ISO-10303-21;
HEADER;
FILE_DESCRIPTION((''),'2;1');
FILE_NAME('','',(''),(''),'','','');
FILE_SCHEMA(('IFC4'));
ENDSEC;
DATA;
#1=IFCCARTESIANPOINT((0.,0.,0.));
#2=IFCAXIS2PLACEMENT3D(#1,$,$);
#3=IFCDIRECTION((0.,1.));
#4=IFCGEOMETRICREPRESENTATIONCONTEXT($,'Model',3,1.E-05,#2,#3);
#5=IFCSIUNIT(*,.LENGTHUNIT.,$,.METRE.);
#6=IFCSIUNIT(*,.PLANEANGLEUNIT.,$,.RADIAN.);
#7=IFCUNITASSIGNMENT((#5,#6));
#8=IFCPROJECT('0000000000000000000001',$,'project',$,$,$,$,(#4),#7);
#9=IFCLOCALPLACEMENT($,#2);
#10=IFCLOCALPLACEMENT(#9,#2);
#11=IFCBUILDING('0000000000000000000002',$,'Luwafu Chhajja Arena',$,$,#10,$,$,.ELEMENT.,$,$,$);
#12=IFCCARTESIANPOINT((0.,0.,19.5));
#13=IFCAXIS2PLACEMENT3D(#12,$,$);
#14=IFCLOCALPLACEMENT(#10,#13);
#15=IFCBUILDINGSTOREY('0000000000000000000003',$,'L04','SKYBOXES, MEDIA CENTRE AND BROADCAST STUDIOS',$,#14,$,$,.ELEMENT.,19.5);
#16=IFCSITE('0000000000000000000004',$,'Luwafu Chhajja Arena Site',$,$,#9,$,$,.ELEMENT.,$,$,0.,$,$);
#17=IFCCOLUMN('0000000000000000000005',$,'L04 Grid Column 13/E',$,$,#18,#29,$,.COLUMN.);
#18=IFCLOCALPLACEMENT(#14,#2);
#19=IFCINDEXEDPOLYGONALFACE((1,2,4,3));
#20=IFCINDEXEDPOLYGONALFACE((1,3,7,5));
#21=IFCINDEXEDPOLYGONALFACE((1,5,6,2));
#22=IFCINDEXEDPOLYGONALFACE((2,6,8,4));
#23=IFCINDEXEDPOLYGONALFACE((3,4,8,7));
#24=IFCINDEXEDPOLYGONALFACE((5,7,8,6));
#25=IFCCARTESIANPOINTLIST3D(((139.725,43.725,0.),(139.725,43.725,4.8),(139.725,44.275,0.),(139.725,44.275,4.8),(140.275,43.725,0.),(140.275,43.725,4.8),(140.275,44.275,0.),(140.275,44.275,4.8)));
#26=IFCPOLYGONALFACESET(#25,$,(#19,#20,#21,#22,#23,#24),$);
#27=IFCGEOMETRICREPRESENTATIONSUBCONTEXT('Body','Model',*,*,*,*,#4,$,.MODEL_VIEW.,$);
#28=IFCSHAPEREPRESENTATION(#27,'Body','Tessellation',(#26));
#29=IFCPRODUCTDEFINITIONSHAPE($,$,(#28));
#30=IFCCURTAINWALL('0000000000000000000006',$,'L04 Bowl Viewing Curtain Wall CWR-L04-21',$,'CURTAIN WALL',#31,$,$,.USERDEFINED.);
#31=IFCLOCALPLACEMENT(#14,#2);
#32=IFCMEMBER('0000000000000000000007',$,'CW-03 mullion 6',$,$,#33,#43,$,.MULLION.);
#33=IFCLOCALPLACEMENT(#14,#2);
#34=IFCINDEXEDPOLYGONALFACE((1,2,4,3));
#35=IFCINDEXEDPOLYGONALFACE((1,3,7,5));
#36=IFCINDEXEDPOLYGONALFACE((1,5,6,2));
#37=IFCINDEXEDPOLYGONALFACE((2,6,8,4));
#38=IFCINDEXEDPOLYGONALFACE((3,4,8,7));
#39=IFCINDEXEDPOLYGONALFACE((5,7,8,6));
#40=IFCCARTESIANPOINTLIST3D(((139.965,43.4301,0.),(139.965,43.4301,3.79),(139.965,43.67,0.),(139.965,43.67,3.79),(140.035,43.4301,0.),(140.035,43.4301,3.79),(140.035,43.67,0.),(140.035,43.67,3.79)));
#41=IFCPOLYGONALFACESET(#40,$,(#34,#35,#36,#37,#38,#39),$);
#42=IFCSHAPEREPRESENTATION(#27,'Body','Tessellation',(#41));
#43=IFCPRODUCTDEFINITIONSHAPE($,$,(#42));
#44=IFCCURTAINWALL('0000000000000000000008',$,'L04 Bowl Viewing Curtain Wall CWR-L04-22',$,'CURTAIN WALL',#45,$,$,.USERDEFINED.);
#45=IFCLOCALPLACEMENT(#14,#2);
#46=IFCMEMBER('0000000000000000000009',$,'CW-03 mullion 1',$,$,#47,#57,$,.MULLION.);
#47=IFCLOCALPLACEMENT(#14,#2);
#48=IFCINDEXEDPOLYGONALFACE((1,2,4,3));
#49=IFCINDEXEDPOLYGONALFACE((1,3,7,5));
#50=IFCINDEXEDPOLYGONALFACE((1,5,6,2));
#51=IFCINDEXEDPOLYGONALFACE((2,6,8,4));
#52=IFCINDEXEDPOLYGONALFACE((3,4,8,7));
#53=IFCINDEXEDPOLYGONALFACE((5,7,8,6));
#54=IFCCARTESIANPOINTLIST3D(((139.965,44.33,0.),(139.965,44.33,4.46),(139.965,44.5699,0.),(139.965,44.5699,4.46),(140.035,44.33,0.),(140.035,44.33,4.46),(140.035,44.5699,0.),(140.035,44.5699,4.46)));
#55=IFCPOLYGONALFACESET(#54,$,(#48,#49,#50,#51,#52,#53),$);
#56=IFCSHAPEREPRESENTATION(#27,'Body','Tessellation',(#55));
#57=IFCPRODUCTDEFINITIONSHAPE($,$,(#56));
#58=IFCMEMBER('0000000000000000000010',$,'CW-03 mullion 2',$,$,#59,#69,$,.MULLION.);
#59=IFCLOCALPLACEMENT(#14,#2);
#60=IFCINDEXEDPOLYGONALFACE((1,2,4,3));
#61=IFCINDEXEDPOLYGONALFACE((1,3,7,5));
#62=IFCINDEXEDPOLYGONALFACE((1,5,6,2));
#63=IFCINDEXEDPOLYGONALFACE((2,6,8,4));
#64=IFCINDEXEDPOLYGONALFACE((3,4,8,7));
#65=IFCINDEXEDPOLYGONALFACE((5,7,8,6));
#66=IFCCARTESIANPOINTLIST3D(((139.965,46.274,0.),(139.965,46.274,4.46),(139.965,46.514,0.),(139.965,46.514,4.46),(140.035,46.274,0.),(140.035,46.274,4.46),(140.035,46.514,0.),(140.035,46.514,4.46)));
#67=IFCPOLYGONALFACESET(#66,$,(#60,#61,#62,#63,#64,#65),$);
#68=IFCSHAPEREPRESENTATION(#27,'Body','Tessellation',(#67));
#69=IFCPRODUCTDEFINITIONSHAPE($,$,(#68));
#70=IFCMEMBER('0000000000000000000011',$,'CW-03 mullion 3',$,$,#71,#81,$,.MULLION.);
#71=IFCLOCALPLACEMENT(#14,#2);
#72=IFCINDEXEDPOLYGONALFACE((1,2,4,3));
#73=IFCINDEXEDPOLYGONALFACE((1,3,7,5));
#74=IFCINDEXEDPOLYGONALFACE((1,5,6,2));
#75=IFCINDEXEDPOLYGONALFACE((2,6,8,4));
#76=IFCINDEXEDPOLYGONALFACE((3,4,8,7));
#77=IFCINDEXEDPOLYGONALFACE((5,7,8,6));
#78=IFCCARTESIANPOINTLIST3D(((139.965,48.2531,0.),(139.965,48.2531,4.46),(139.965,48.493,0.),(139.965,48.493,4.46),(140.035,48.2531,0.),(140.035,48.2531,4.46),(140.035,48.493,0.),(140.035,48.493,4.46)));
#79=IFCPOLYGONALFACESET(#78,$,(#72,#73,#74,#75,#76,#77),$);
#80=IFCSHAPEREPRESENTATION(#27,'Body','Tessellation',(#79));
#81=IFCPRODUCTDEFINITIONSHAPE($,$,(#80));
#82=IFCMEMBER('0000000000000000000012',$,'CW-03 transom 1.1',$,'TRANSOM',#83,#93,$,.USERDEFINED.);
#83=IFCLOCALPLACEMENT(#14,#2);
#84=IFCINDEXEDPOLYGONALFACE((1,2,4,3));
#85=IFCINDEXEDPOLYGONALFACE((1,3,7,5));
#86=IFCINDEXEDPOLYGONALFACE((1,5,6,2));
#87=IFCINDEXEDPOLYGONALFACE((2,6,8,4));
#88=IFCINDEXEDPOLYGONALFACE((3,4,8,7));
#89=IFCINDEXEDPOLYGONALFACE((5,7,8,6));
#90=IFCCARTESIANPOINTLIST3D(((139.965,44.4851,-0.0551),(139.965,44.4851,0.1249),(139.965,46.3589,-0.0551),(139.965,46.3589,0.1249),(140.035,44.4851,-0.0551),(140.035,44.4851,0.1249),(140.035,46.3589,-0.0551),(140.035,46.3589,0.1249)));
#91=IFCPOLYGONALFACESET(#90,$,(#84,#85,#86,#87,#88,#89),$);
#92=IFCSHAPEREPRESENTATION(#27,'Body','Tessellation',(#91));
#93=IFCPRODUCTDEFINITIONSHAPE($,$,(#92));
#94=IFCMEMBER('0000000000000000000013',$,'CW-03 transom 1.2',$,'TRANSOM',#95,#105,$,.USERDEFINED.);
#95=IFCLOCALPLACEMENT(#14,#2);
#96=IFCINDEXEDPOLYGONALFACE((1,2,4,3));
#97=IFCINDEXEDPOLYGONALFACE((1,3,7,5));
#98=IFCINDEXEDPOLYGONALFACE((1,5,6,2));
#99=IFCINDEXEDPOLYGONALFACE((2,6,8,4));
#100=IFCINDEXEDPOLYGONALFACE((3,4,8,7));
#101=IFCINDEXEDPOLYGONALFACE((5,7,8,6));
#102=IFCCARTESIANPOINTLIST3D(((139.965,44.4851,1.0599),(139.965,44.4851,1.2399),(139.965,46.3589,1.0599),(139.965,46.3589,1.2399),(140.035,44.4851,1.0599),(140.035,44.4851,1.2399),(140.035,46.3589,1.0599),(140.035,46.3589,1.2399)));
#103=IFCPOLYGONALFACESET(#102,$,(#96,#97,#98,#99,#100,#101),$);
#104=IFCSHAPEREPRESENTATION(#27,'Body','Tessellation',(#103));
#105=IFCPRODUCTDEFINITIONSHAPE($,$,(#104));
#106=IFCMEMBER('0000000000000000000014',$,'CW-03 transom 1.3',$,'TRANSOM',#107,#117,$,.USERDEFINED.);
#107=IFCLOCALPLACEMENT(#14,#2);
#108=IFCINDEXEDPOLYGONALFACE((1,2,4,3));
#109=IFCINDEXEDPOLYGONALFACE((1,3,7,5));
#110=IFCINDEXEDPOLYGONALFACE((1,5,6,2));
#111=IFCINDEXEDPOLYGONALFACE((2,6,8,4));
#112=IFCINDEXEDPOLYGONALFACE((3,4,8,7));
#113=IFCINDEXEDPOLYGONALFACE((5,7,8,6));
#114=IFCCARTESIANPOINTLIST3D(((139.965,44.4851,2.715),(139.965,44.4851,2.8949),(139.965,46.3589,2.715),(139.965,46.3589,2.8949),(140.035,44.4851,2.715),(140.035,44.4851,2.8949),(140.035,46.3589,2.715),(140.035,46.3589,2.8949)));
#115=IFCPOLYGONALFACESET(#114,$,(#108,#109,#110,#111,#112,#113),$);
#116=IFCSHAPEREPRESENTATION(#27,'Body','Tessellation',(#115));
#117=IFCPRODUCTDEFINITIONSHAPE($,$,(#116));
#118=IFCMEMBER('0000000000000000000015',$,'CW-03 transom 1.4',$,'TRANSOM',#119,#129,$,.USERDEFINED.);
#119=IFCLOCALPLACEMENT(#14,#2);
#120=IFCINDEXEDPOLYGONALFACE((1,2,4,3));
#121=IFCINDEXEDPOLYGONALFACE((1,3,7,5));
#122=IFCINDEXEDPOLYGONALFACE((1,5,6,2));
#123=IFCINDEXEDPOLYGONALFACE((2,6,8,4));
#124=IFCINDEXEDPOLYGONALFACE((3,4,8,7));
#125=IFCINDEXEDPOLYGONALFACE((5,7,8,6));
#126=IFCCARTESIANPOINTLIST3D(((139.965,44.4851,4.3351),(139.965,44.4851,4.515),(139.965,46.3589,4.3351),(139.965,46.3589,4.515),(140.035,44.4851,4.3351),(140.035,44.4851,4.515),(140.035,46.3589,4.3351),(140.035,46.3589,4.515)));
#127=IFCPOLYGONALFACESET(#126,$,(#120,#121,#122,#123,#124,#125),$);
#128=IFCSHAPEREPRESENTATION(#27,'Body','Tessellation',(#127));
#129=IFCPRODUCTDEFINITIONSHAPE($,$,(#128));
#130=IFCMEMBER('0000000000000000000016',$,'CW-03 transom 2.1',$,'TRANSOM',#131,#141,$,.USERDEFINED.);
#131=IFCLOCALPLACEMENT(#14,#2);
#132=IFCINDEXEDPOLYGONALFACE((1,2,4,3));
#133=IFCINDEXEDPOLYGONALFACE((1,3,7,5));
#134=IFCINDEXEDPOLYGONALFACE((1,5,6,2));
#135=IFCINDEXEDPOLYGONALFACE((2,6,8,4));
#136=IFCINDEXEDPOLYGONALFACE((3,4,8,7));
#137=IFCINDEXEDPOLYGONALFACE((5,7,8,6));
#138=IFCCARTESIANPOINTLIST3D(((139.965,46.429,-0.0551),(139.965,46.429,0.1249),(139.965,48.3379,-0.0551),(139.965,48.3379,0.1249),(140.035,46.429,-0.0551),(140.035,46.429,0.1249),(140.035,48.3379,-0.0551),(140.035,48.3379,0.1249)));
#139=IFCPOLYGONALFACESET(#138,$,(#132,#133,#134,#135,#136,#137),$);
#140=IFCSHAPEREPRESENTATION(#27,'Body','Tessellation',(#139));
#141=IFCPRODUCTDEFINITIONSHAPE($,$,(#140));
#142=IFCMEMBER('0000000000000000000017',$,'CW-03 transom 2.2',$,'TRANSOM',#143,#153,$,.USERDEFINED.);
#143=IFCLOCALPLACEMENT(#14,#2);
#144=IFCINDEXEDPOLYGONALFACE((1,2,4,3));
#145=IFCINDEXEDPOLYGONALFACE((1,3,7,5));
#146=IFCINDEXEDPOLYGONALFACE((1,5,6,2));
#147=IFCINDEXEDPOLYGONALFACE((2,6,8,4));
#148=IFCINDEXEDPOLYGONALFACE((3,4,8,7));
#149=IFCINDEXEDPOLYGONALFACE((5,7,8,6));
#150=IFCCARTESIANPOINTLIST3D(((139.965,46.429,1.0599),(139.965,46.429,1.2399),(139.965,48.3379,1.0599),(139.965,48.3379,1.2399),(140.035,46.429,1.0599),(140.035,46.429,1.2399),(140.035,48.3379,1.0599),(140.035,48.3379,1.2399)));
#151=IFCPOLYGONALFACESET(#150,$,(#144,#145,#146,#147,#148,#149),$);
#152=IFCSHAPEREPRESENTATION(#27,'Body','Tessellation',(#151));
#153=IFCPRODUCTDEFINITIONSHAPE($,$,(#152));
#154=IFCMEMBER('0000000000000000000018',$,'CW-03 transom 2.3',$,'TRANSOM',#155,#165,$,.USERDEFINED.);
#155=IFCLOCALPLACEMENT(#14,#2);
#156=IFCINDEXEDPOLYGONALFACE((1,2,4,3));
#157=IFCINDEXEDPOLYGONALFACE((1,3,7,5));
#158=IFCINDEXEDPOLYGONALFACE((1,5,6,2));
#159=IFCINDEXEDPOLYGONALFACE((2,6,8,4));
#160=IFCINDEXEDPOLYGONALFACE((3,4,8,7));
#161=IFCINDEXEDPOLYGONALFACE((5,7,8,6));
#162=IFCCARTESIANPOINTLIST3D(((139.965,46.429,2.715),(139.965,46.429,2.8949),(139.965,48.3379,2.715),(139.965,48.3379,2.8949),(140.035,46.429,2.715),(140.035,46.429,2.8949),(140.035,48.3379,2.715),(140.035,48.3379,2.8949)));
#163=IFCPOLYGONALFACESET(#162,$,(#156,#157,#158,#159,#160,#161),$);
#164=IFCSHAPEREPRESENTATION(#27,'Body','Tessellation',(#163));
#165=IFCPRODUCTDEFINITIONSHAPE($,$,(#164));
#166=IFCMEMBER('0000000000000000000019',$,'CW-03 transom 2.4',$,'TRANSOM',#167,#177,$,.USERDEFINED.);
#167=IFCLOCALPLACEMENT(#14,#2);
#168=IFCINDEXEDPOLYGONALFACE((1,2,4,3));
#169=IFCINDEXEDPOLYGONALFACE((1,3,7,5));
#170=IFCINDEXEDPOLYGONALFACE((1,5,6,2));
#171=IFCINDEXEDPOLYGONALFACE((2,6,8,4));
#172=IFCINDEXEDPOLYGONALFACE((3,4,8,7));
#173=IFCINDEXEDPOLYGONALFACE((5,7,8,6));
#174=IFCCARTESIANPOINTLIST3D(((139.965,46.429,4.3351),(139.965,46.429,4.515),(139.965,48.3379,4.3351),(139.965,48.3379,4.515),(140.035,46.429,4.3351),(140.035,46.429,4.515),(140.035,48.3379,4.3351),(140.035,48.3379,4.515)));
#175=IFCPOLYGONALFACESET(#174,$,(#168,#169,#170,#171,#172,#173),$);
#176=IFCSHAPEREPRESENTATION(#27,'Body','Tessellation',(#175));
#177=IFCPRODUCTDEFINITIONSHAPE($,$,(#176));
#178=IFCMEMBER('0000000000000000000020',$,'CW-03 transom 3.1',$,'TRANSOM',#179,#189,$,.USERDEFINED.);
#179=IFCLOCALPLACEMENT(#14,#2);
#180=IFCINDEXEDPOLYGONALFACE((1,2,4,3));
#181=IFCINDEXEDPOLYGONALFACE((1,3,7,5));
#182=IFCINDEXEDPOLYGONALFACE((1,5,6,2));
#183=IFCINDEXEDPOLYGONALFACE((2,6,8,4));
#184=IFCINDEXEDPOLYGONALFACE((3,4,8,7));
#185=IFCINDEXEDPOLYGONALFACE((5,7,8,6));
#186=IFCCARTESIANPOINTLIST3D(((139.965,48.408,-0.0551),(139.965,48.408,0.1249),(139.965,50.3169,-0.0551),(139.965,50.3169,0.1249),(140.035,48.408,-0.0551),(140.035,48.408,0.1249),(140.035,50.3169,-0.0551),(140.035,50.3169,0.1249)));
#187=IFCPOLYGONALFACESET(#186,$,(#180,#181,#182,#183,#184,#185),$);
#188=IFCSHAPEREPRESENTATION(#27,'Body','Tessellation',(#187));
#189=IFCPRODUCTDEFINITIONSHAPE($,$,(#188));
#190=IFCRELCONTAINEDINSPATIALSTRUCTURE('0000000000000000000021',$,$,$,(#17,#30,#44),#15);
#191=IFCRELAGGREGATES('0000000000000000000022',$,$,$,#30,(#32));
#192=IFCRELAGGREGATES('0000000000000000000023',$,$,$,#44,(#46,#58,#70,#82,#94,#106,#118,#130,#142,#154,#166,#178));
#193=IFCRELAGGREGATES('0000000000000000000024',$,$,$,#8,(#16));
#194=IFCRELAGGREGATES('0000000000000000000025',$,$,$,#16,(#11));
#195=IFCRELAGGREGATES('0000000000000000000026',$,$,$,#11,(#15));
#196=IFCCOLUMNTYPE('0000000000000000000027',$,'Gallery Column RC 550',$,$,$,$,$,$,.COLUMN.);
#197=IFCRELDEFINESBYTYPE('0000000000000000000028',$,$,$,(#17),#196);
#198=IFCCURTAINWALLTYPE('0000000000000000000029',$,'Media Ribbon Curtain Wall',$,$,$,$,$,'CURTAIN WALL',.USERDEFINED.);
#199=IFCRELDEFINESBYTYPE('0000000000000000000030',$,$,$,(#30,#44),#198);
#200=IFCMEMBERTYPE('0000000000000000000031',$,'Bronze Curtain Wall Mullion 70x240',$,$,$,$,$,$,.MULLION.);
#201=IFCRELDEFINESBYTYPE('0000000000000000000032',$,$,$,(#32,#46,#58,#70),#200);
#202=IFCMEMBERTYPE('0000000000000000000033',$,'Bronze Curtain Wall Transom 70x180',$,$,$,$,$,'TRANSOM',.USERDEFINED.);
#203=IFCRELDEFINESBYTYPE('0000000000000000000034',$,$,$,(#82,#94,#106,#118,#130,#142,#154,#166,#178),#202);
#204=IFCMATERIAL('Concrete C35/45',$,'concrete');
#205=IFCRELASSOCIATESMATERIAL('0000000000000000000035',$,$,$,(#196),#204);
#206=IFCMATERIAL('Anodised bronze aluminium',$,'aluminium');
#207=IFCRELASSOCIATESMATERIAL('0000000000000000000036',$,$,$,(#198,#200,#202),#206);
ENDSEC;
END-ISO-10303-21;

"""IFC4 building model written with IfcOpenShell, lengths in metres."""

from ifc_helpers import new_model, si_unit, direction, frame, origin, origin_2d, place, context, subcontext, project, spatial, rectangle, extrude, material, material_profile, profile_set, type_object, element, aggregate, save


model = new_model("IFC4")

# Units and contexts
model_context = context("Model", 3, precision=1e-05, world=origin(), true_north=direction((0.0, 1.0)))
body_context = subcontext(model_context, "Body", "Model", "MODEL_VIEW")
ifc_project = project(units=[si_unit("LENGTHUNIT", "METRE"), si_unit("PLANEANGLEUNIT", "RADIAN")], contexts=[model_context])

# Site, building, storey
site_placement = place(None, origin())
site = spatial("IfcSite", under=ifc_project, at=site_placement, Name="Luwafu Chhajja Arena Site", CompositionType="ELEMENT", RefElevation=0.0)
building_placement = place(site_placement, origin())
building = spatial("IfcBuilding", under=site, at=building_placement, Name="Luwafu Chhajja Arena", CompositionType="ELEMENT")
storey_placement = place(building_placement, frame((0.0, 0.0, 19.5)))
storey = spatial("IfcBuildingStorey", under=building, at=storey_placement, Name="L04", Description="SKYBOXES, MEDIA CENTRE AND BROADCAST STUDIOS", CompositionType="ELEMENT", Elevation=19.5)

# Column
ifc_material_1 = material(Name="Concrete C35/45", Category="concrete")
ifc_material_profile_1 = material_profile(ifc_material_1, rectangle(XDim=0.55, YDim=0.55, at=origin_2d()), Name="RC 550x550")
ifc_profile_set_1 = profile_set([ifc_material_profile_1], Name="Concrete C35/45")
column_type = type_object("IfcColumnType", Name="Gallery Column RC 550", PredefinedType="COLUMN", material=ifc_profile_set_1)
column_placement = place(storey_placement, frame((140.0, 44.0, 0.0), z_axis=(0.0, 0.0, 1.0), x_axis=(1.0, 0.0, 0.0)))
element("IfcColumn", 1, at=column_placement, inside=storey, type_object=column_type, Name="L04 Grid Column 13/E", PredefinedType="COLUMN", context=body_context, shape_type="SweptSolid", body=[
    extrude(rectangle(XDim=0.55, YDim=0.55, at=origin_2d()), origin(), (0.0, 0.0, 1.0), 4.8),
])

# Curtain wall, member
ifc_material_2 = material(Name="Anodised bronze aluminium", Category="aluminium")
curtain_wall_type = type_object("IfcCurtainWallType", Name="Media Ribbon Curtain Wall", ElementType="CURTAIN WALL", PredefinedType="USERDEFINED", material=ifc_material_2)
curtain_wall_1_placement = place(storey_placement, origin())
curtain_wall_1 = element("IfcCurtainWall", 2, at=curtain_wall_1_placement, inside=storey, type_object=curtain_wall_type, Name="L04 Bowl Viewing Curtain Wall CWR-L04-21", ObjectType="CURTAIN WALL", PredefinedType="USERDEFINED")
ifc_material_profile_2 = material_profile(ifc_material_2, rectangle(XDim=0.0701, YDim=0.24, at=origin_2d()), Name="CWM 70x240")
ifc_profile_set_2 = profile_set([ifc_material_profile_2], Name="Anodised bronze aluminium")
member_type_1 = type_object("IfcMemberType", Name="Bronze Curtain Wall Mullion 70x240", PredefinedType="MULLION", material=ifc_profile_set_2)
member_1_placement = place(storey_placement, frame((140.0, 43.55, 0.0), z_axis=(0.0, 0.0, 1.0), x_axis=(-1.0, 0.0, 0.0)))
member_1 = element("IfcMember", 3, at=member_1_placement, type_object=member_type_1, Name="CW-03 mullion 6", PredefinedType="MULLION", context=body_context, shape_type="SweptSolid", body=[
    extrude(rectangle(XDim=0.0701, YDim=0.24, at=origin_2d()), origin(), (0.0, 0.0, 1.0), 3.79),
])

# Curtain wall, members
curtain_wall_2_placement = place(storey_placement, origin())
curtain_wall_2 = element("IfcCurtainWall", 4, at=curtain_wall_2_placement, inside=storey, type_object=curtain_wall_type, Name="L04 Bowl Viewing Curtain Wall CWR-L04-22", ObjectType="CURTAIN WALL", PredefinedType="USERDEFINED")
member_2_placement = place(storey_placement, frame((140.0, 44.45, 0.0), z_axis=(0.0, 0.0, 1.0), x_axis=(-1.0, 0.0, 0.0)))
member_2 = element("IfcMember", 5, at=member_2_placement, type_object=member_type_1, Name="CW-03 mullion 1", PredefinedType="MULLION", context=body_context, shape_type="SweptSolid", body=[
    extrude(rectangle(XDim=0.0701, YDim=0.24, at=origin_2d()), origin(), (0.0, 0.0, 1.0), 4.46),
])
member_3_placement = place(storey_placement, frame((140.0, 46.394, 0.0), z_axis=(0.0, 0.0, 1.0), x_axis=(-1.0, 0.0, 0.0)))
member_3 = element("IfcMember", 6, at=member_3_placement, type_object=member_type_1, Name="CW-03 mullion 2", PredefinedType="MULLION", context=body_context, shape_type="SweptSolid", body=[
    extrude(rectangle(XDim=0.0701, YDim=0.24, at=origin_2d()), origin(), (0.0, 0.0, 1.0), 4.46),
])
member_4_placement = place(storey_placement, frame((140.0, 48.373, 0.0), z_axis=(0.0, 0.0, 1.0), x_axis=(-1.0, 0.0, 0.0)))
member_4 = element("IfcMember", 7, at=member_4_placement, type_object=member_type_1, Name="CW-03 mullion 3", PredefinedType="MULLION", context=body_context, shape_type="SweptSolid", body=[
    extrude(rectangle(XDim=0.0701, YDim=0.24, at=origin_2d()), origin(), (0.0, 0.0, 1.0), 4.46),
])
ifc_material_profile_3 = material_profile(ifc_material_2, rectangle(XDim=0.0701, YDim=0.1799, at=origin_2d()), Name="CWT 70x180")
ifc_profile_set_3 = profile_set([ifc_material_profile_3], Name="Anodised bronze aluminium")
member_type_2 = type_object("IfcMemberType", Name="Bronze Curtain Wall Transom 70x180", ElementType="TRANSOM", PredefinedType="USERDEFINED", material=ifc_profile_set_3)
member_5_placement = place(storey_placement, frame((140.0, 44.4851, 0.0349), z_axis=(0.0, 1.0, 0.0), x_axis=(-1.0, 0.0, 0.0)))
member_5 = element("IfcMember", 8, at=member_5_placement, type_object=member_type_2, Name="CW-03 transom 1.1", ObjectType="TRANSOM", PredefinedType="USERDEFINED", context=body_context, shape_type="SweptSolid", body=[
    extrude(rectangle(XDim=0.0701, YDim=0.1799, at=origin_2d()), origin(), (0.0, 0.0, 1.0), 1.8738),
])
member_6_placement = place(storey_placement, frame((140.0, 44.4851, 1.1499), z_axis=(0.0, 1.0, 0.0), x_axis=(-1.0, 0.0, 0.0)))
member_6 = element("IfcMember", 9, at=member_6_placement, type_object=member_type_2, Name="CW-03 transom 1.2", ObjectType="TRANSOM", PredefinedType="USERDEFINED", context=body_context, shape_type="SweptSolid", body=[
    extrude(rectangle(XDim=0.0701, YDim=0.1799, at=origin_2d()), origin(), (0.0, 0.0, 1.0), 1.8738),
])
member_7_placement = place(storey_placement, frame((140.0, 44.4851, 2.8049), z_axis=(0.0, 1.0, 0.0), x_axis=(-1.0, 0.0, 0.0)))
member_7 = element("IfcMember", 10, at=member_7_placement, type_object=member_type_2, Name="CW-03 transom 1.3", ObjectType="TRANSOM", PredefinedType="USERDEFINED", context=body_context, shape_type="SweptSolid", body=[
    extrude(rectangle(XDim=0.0701, YDim=0.1799, at=origin_2d()), origin(), (0.0, 0.0, 1.0), 1.8738),
])
member_8_placement = place(storey_placement, frame((140.0, 44.4851, 4.425), z_axis=(0.0, 1.0, 0.0), x_axis=(-1.0, 0.0, 0.0)))
member_8 = element("IfcMember", 11, at=member_8_placement, type_object=member_type_2, Name="CW-03 transom 1.4", ObjectType="TRANSOM", PredefinedType="USERDEFINED", context=body_context, shape_type="SweptSolid", body=[
    extrude(rectangle(XDim=0.0701, YDim=0.1799, at=origin_2d()), origin(), (0.0, 0.0, 1.0), 1.8738),
])
member_9_placement = place(storey_placement, frame((140.0, 46.429, 0.0349), z_axis=(0.0, 1.0, 0.0), x_axis=(-1.0, 0.0, 0.0)))
member_9 = element("IfcMember", 12, at=member_9_placement, type_object=member_type_2, Name="CW-03 transom 2.1", ObjectType="TRANSOM", PredefinedType="USERDEFINED", context=body_context, shape_type="SweptSolid", body=[
    extrude(rectangle(XDim=0.0701, YDim=0.1799, at=origin_2d()), origin(), (0.0, 0.0, 1.0), 1.9089),
])
member_10_placement = place(storey_placement, frame((140.0, 46.429, 1.1499), z_axis=(0.0, 1.0, 0.0), x_axis=(-1.0, 0.0, 0.0)))
member_10 = element("IfcMember", 13, at=member_10_placement, type_object=member_type_2, Name="CW-03 transom 2.2", ObjectType="TRANSOM", PredefinedType="USERDEFINED", context=body_context, shape_type="SweptSolid", body=[
    extrude(rectangle(XDim=0.0701, YDim=0.1799, at=origin_2d()), origin(), (0.0, 0.0, 1.0), 1.9089),
])
member_11_placement = place(storey_placement, frame((140.0, 46.429, 2.8049), z_axis=(0.0, 1.0, 0.0), x_axis=(-1.0, 0.0, 0.0)))
member_11 = element("IfcMember", 14, at=member_11_placement, type_object=member_type_2, Name="CW-03 transom 2.3", ObjectType="TRANSOM", PredefinedType="USERDEFINED", context=body_context, shape_type="SweptSolid", body=[
    extrude(rectangle(XDim=0.0701, YDim=0.1799, at=origin_2d()), origin(), (0.0, 0.0, 1.0), 1.9089),
])
member_12_placement = place(storey_placement, frame((140.0, 46.429, 4.425), z_axis=(0.0, 1.0, 0.0), x_axis=(-1.0, 0.0, 0.0)))
member_12 = element("IfcMember", 15, at=member_12_placement, type_object=member_type_2, Name="CW-03 transom 2.4", ObjectType="TRANSOM", PredefinedType="USERDEFINED", context=body_context, shape_type="SweptSolid", body=[
    extrude(rectangle(XDim=0.0701, YDim=0.1799, at=origin_2d()), origin(), (0.0, 0.0, 1.0), 1.9089),
])
member_13_placement = place(storey_placement, frame((140.0, 48.408, 0.0349), z_axis=(0.0, 1.0, 0.0), x_axis=(-1.0, 0.0, 0.0)))
member_13 = element("IfcMember", 16, at=member_13_placement, type_object=member_type_2, Name="CW-03 transom 3.1", ObjectType="TRANSOM", PredefinedType="USERDEFINED", context=body_context, shape_type="SweptSolid", body=[
    extrude(rectangle(XDim=0.0701, YDim=0.1799, at=origin_2d()), origin(), (0.0, 0.0, 1.0), 1.9089),
])

aggregate(curtain_wall_1, [member_1])
aggregate(curtain_wall_2, [member_2, member_3, member_4, member_5, member_6, member_7, member_8, member_9, member_10, member_11, member_12, member_13])

save(model, "model.ifc")
